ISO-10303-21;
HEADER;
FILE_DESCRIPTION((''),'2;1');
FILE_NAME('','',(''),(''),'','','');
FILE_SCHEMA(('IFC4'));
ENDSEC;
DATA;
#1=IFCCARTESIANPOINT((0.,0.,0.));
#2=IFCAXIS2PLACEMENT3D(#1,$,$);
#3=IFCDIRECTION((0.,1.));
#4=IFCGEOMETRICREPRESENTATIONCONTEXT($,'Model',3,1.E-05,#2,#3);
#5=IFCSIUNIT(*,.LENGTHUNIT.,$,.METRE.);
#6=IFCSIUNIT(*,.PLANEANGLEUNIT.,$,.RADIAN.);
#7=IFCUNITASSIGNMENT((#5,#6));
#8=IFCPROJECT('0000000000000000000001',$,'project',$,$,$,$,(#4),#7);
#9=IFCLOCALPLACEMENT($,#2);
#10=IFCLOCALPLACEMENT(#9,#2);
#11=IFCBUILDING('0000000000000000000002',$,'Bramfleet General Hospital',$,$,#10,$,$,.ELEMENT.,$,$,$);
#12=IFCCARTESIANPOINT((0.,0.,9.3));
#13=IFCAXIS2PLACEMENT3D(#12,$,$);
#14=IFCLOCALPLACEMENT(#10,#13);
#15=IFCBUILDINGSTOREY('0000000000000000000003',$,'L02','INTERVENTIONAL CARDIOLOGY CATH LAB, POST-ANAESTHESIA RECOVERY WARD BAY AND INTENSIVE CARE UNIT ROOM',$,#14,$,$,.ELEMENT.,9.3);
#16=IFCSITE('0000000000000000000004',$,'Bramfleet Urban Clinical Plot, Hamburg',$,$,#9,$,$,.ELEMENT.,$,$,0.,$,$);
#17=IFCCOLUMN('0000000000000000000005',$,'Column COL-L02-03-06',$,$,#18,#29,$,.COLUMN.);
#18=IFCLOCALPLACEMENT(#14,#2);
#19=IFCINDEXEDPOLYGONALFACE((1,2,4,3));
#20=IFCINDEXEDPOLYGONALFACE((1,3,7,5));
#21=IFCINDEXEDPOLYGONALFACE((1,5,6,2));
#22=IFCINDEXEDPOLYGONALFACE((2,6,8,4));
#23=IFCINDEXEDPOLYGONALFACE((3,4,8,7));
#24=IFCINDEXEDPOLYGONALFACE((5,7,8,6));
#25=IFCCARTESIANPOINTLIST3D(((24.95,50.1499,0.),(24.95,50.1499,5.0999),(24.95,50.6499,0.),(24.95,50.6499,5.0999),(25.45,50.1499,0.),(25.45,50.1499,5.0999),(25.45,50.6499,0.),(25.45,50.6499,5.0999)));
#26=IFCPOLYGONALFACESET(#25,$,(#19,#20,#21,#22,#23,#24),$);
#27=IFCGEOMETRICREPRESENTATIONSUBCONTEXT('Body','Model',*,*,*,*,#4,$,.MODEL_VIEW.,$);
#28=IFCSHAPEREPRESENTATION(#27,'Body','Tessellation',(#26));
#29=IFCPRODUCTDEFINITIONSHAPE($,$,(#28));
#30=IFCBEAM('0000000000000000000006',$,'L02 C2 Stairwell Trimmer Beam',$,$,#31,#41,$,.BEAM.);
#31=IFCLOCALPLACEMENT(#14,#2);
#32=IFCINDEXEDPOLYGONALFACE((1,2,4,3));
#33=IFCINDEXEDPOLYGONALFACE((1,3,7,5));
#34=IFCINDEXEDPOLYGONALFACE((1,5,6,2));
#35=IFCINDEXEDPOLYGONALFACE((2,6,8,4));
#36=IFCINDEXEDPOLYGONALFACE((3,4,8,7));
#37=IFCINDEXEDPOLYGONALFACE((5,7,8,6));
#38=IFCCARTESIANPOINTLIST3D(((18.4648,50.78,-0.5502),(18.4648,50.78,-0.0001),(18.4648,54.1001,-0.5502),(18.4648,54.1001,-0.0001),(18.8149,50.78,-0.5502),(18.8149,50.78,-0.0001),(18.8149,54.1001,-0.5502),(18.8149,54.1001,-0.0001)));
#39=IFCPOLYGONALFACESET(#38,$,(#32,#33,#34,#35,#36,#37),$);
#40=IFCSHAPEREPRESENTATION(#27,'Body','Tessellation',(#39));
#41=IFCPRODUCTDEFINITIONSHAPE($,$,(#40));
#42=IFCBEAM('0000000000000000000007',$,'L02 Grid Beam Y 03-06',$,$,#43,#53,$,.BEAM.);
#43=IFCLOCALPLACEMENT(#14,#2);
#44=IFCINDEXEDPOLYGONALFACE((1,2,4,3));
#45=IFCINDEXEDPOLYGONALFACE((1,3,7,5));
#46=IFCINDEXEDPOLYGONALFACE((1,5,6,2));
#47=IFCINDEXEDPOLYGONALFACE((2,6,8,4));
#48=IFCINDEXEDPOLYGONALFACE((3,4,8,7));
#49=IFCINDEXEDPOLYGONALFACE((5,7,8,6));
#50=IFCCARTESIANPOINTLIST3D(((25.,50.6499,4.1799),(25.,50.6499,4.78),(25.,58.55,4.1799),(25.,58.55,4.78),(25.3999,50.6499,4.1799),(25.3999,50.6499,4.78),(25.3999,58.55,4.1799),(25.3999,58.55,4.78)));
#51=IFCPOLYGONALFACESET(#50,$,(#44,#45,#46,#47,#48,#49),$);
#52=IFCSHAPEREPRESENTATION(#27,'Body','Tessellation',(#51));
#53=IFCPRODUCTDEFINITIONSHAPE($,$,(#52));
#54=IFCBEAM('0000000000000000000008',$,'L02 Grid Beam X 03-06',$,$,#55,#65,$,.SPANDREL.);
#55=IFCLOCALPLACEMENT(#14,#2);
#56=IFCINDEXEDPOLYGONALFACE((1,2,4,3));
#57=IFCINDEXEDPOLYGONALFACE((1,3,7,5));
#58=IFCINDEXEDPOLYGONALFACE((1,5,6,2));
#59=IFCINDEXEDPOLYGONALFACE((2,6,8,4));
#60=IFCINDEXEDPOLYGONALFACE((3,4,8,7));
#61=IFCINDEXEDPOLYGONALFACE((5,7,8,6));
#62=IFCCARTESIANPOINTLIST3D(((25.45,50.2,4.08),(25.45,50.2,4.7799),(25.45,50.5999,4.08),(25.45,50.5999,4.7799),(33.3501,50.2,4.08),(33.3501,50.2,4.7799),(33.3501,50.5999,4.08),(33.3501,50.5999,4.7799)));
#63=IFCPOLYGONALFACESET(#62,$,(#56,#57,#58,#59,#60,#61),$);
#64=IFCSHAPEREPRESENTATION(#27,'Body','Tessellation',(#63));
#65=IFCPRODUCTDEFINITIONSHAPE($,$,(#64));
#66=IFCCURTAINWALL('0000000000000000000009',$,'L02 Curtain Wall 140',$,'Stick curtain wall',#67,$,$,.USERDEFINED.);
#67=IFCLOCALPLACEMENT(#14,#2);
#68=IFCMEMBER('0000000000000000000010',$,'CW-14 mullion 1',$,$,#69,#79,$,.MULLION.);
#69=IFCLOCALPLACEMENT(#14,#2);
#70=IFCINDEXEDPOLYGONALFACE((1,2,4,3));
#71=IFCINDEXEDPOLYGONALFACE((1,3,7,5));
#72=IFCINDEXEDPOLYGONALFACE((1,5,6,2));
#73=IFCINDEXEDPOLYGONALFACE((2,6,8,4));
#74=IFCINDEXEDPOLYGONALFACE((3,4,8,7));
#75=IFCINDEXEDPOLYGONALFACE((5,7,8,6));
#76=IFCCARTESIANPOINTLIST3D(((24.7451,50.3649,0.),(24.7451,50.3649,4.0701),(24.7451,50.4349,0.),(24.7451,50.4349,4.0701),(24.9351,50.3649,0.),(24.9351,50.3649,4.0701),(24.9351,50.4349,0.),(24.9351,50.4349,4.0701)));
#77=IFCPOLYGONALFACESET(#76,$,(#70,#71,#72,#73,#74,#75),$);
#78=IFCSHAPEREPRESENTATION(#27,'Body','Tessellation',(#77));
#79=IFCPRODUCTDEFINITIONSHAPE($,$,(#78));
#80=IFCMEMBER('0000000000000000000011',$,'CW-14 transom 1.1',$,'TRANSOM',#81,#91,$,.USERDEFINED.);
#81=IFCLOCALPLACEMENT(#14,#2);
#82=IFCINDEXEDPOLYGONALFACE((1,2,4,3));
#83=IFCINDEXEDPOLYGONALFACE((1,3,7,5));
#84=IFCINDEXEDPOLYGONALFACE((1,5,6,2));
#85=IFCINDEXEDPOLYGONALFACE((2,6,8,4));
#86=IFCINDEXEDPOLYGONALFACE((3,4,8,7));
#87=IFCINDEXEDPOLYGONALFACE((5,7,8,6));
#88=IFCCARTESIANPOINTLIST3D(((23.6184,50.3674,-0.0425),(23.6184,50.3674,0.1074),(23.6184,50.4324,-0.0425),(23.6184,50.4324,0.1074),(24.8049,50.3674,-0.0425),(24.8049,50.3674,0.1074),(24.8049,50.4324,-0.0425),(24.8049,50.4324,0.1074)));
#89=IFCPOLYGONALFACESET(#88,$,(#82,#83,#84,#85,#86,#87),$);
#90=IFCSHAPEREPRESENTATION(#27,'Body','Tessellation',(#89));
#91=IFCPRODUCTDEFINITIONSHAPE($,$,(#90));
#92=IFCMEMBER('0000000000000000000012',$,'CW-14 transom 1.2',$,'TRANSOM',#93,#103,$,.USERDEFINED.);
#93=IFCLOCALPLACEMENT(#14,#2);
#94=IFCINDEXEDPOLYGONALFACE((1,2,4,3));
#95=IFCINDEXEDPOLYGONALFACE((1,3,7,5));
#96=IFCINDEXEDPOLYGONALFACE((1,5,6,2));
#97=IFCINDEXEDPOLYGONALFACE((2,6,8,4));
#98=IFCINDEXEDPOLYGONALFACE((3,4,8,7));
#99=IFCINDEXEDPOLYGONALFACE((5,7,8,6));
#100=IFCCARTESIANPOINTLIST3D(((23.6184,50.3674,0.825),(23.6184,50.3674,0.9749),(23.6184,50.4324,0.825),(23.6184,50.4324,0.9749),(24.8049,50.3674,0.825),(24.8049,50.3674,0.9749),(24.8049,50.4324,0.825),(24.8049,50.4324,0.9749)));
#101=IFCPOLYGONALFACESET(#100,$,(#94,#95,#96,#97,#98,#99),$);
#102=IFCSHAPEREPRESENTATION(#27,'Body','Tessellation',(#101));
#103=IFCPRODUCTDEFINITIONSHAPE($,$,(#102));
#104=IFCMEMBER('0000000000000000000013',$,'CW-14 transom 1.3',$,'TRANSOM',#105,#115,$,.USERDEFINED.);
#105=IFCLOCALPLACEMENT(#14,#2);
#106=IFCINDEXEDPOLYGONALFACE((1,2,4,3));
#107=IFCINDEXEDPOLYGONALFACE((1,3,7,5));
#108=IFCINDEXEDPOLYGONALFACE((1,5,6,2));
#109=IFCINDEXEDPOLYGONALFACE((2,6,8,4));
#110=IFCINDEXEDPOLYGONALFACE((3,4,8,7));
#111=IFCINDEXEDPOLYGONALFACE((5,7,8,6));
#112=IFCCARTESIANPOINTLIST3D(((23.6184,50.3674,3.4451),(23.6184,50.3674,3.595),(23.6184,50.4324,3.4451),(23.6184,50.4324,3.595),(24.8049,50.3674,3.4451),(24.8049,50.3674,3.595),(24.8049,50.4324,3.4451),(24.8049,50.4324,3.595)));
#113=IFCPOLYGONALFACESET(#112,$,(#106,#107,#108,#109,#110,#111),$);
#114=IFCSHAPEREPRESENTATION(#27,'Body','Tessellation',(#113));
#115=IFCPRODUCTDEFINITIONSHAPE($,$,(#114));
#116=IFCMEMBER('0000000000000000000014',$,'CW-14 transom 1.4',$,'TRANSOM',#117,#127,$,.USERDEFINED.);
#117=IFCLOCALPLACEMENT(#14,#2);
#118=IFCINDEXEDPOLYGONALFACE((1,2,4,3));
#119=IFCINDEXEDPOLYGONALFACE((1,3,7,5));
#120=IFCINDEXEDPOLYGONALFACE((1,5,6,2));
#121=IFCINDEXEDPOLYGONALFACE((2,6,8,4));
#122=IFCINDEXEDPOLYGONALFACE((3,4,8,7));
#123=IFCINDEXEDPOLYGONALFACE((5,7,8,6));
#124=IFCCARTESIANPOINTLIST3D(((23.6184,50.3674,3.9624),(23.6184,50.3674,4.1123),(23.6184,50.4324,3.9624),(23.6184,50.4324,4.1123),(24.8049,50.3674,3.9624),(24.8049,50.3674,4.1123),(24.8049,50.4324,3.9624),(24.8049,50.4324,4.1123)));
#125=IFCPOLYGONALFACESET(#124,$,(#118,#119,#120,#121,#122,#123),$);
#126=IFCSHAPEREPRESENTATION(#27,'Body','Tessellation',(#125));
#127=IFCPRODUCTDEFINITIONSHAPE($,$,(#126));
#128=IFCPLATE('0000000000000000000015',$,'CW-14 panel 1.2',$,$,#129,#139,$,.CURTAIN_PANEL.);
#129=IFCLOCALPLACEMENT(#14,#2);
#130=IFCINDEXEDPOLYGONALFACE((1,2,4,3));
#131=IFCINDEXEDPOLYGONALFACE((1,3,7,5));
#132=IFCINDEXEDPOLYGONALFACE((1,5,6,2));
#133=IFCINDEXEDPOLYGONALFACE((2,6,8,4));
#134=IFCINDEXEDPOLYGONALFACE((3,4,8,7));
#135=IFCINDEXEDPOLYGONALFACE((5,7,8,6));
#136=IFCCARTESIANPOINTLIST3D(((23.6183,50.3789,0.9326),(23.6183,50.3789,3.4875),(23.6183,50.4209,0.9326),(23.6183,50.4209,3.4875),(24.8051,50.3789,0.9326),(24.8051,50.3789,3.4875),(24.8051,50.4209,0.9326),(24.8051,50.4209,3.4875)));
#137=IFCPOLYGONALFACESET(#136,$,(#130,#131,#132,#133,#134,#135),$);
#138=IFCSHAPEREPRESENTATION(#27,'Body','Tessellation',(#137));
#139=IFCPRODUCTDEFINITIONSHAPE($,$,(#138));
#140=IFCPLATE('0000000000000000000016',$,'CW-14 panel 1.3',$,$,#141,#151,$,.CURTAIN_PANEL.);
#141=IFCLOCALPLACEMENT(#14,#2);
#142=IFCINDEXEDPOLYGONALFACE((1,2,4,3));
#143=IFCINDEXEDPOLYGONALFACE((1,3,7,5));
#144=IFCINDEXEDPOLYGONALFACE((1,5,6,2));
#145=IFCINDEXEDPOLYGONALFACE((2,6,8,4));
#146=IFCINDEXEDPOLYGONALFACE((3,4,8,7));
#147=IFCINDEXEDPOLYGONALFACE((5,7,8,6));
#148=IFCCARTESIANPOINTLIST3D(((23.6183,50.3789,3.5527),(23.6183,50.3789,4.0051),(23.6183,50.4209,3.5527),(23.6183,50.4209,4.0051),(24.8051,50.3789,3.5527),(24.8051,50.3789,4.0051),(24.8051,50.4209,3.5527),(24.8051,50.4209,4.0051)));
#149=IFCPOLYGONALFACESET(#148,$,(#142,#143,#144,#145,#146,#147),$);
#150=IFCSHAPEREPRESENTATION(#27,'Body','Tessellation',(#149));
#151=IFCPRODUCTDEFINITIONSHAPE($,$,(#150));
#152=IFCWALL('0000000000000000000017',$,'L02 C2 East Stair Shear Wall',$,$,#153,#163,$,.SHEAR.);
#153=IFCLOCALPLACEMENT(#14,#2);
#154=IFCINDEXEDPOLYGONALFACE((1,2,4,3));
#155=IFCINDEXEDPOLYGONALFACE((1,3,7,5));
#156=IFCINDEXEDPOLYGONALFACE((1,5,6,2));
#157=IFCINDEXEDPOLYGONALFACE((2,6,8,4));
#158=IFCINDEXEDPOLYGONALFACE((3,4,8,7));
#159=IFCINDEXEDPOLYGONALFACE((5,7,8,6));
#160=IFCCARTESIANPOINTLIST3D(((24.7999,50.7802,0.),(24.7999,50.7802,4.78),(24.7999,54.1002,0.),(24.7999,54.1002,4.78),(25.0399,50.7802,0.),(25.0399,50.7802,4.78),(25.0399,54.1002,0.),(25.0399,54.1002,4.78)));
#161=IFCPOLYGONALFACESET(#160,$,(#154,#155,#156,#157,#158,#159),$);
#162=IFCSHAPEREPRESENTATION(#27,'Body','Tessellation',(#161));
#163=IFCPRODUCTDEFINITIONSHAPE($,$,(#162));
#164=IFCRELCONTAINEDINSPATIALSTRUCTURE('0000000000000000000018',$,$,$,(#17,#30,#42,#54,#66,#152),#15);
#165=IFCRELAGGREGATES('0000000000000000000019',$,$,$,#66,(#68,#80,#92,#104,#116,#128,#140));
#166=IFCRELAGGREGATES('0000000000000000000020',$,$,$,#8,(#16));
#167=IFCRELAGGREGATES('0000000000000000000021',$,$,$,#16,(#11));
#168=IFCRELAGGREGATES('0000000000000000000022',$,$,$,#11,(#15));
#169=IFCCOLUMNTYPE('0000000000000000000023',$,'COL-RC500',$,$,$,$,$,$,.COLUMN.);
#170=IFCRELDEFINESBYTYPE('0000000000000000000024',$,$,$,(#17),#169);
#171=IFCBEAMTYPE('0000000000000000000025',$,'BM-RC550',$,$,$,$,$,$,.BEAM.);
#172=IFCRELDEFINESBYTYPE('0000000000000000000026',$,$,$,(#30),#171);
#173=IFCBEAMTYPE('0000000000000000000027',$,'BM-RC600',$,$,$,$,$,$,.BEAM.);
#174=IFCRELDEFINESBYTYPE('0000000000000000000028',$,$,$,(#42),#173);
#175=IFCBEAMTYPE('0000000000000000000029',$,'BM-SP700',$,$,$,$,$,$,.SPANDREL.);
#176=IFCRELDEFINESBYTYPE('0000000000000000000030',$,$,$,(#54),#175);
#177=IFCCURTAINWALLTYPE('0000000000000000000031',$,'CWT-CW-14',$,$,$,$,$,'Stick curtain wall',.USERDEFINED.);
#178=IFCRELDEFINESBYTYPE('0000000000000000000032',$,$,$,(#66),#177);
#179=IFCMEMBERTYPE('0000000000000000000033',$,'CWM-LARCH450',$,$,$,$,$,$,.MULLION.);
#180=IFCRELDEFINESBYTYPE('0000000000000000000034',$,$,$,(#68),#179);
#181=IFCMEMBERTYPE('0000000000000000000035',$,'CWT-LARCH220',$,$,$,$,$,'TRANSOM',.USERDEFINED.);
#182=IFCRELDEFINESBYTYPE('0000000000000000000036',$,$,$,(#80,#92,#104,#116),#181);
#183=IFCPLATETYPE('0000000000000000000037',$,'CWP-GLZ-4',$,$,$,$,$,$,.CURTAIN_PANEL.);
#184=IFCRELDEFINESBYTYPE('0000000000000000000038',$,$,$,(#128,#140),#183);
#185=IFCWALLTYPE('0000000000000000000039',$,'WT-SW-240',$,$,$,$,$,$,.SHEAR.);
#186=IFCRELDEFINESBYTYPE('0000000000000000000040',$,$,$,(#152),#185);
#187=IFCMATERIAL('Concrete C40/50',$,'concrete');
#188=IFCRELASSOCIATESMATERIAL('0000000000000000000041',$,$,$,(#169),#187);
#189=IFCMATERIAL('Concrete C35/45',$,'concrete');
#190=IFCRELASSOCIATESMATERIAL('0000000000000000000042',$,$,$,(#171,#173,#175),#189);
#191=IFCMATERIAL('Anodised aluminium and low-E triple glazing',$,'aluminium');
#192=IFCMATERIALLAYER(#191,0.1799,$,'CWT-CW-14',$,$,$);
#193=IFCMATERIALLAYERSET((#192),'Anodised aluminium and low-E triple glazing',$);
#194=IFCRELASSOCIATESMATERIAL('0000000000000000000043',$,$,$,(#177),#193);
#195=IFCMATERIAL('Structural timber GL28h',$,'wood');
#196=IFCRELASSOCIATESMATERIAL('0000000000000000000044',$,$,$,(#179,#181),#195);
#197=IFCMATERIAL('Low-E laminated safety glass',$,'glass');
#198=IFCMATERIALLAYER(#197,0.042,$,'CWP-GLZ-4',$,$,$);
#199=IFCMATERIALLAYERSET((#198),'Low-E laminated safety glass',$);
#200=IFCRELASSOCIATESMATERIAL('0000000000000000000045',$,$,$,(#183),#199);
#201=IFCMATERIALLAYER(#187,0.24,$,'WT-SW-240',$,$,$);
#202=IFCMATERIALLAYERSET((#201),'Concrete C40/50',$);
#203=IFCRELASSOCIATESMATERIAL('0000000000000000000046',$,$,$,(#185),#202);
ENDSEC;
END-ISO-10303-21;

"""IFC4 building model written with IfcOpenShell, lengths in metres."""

from ifc_helpers import new_model, si_unit, direction, frame, frame_2d, origin, origin_2d, place, context, subcontext, project, spatial, rectangle, extrude, material, layer, layer_set, material_profile, profile_set, type_object, element, aggregate, save


model = new_model("IFC4")

# Units and contexts
model_context = context("Model", 3, precision=1e-05, world=origin(), true_north=direction((0.0, 1.0)))
body_context = subcontext(model_context, "Body", "Model", "MODEL_VIEW")
ifc_project = project(units=[si_unit("LENGTHUNIT", "METRE"), si_unit("PLANEANGLEUNIT", "RADIAN")], contexts=[model_context])

# Site, building, storey
site_placement = place(None, origin())
site = spatial("IfcSite", under=ifc_project, at=site_placement, Name="Bramfleet Urban Clinical Plot, Hamburg", CompositionType="ELEMENT", RefElevation=0.0)
building_placement = place(site_placement, origin())
building = spatial("IfcBuilding", under=site, at=building_placement, Name="Bramfleet General Hospital", CompositionType="ELEMENT")
storey_placement = place(building_placement, frame((0.0, 0.0, 9.3)))
storey = spatial("IfcBuildingStorey", under=building, at=storey_placement, Name="L02", Description="INTERVENTIONAL CARDIOLOGY CATH LAB, POST-ANAESTHESIA RECOVERY WARD BAY AND INTENSIVE CARE UNIT ROOM", CompositionType="ELEMENT", Elevation=9.3)

# Column
ifc_material_1 = material(Name="Concrete C40/50", Category="concrete")
ifc_material_profile_1 = material_profile(ifc_material_1, rectangle(XDim=0.5, YDim=0.5, at=origin_2d()), Name="RC COL 500x500")
ifc_profile_set_1 = profile_set([ifc_material_profile_1], Name="Concrete C40/50")
column_type = type_object("IfcColumnType", Name="COL-RC500", PredefinedType="COLUMN", material=ifc_profile_set_1)
column_placement = place(storey_placement, frame((25.2, 50.3999, 0.0), z_axis=(0.0, 0.0, 1.0), x_axis=(1.0, 0.0, 0.0)))
element("IfcColumn", 1, at=column_placement, inside=storey, type_object=column_type, Name="Column COL-L02-03-06", PredefinedType="COLUMN", context=body_context, shape_type="SweptSolid", body=[
    extrude(rectangle(XDim=0.5, YDim=0.5, at=origin_2d()), origin(), (0.0, 0.0, 1.0), 5.0999),
])

# Beams
ifc_material_2 = material(Name="Concrete C35/45", Category="concrete")
ifc_material_profile_2 = material_profile(ifc_material_2, rectangle(XDim=0.3501, YDim=0.55, at=origin_2d()), Name="RC BM 550x350")
ifc_profile_set_2 = profile_set([ifc_material_profile_2], Name="Concrete C35/45")
beam_type_1 = type_object("IfcBeamType", Name="BM-RC550", PredefinedType="BEAM", material=ifc_profile_set_2)
beam_1_placement = place(storey_placement, frame((18.6399, 50.78, -0.2751), z_axis=(0.0, 1.0, 0.0), x_axis=(-1.0, 0.0, 0.0)))
element("IfcBeam", 2, at=beam_1_placement, inside=storey, type_object=beam_type_1, Name="L02 C2 Stairwell Trimmer Beam", PredefinedType="BEAM", context=body_context, shape_type="SweptSolid", body=[
    extrude(rectangle(XDim=0.3501, YDim=0.55, at=origin_2d()), origin(), (0.0, 0.0, 1.0), 3.3201),
])
ifc_material_profile_3 = material_profile(ifc_material_2, rectangle(XDim=0.3999, YDim=0.6001, at=origin_2d()), Name="RC BM 600x400")
ifc_profile_set_3 = profile_set([ifc_material_profile_3], Name="Concrete C35/45")
beam_type_2 = type_object("IfcBeamType", Name="BM-RC600", PredefinedType="BEAM", material=ifc_profile_set_3)
beam_2_placement = place(storey_placement, frame((25.2, 50.6499, 4.48), z_axis=(0.0, 1.0, 0.0), x_axis=(-1.0, 0.0, 0.0)))
element("IfcBeam", 3, at=beam_2_placement, inside=storey, type_object=beam_type_2, Name="L02 Grid Beam Y 03-06", PredefinedType="BEAM", context=body_context, shape_type="SweptSolid", body=[
    extrude(rectangle(XDim=0.3999, YDim=0.6001, at=origin_2d()), origin(), (0.0, 0.0, 1.0), 7.9001),
])
ifc_material_profile_4 = material_profile(ifc_material_2, rectangle(XDim=0.3999, YDim=0.7, at=origin_2d()), Name="RC SP 700x400")
ifc_profile_set_4 = profile_set([ifc_material_profile_4], Name="Concrete C35/45")
beam_type_3 = type_object("IfcBeamType", Name="BM-SP700", PredefinedType="SPANDREL", material=ifc_profile_set_4)
beam_3_placement = place(storey_placement, frame((25.45, 50.3999, 4.4299), z_axis=(1.0, 0.0, 0.0), x_axis=(0.0, 1.0, 0.0)))
element("IfcBeam", 4, at=beam_3_placement, inside=storey, type_object=beam_type_3, Name="L02 Grid Beam X 03-06", PredefinedType="SPANDREL", context=body_context, shape_type="SweptSolid", body=[
    extrude(rectangle(XDim=0.3999, YDim=0.7, at=origin_2d()), origin(), (0.0, 0.0, 1.0), 7.9001),
])

# Curtain wall, members, plates
ifc_material_3 = material(Name="Anodised aluminium and low-E triple glazing", Category="aluminium")
ifc_layer_1 = layer(ifc_material_3, 0.1799, Name="CWT-CW-14")
ifc_layer_set_1 = layer_set([ifc_layer_1], Name="Anodised aluminium and low-E triple glazing")
curtain_wall_type = type_object("IfcCurtainWallType", Name="CWT-CW-14", ElementType="Stick curtain wall", PredefinedType="USERDEFINED", material=ifc_layer_set_1)
curtain_wall_placement = place(storey_placement, origin())
curtain_wall = element("IfcCurtainWall", 5, at=curtain_wall_placement, inside=storey, type_object=curtain_wall_type, Name="L02 Curtain Wall 140", ObjectType="Stick curtain wall", PredefinedType="USERDEFINED")
ifc_material_4 = material(Name="Structural timber GL28h", Category="wood")
ifc_material_profile_5 = material_profile(ifc_material_4, rectangle(XDim=0.0701, YDim=0.1899, at=origin_2d()), Name="LARCH 190x70")
ifc_profile_set_5 = profile_set([ifc_material_profile_5], Name="Structural timber GL28h")
member_type_1 = type_object("IfcMemberType", Name="CWM-LARCH450", PredefinedType="MULLION", material=ifc_profile_set_5)
member_1_placement = place(storey_placement, frame((24.8401, 50.3999, 0.0), z_axis=(0.0, 0.0, 1.0), x_axis=(0.0, -1.0, 0.0)))
member_1 = element("IfcMember", 6, at=member_1_placement, type_object=member_type_1, Name="CW-14 mullion 1", PredefinedType="MULLION", context=body_context, shape_type="SweptSolid", body=[
    extrude(rectangle(XDim=0.0701, YDim=0.1899, at=origin_2d()), origin(), (0.0, 0.0, 1.0), 4.0701),
])
ifc_material_profile_6 = material_profile(ifc_material_4, rectangle(XDim=0.0649, YDim=0.1499, at=origin_2d()), Name="LARCH 150x65")
ifc_profile_set_6 = profile_set([ifc_material_profile_6], Name="Structural timber GL28h")
member_type_2 = type_object("IfcMemberType", Name="CWT-LARCH220", ElementType="TRANSOM", PredefinedType="USERDEFINED", material=ifc_profile_set_6)
member_2_placement = place(storey_placement, frame((24.8049, 50.3999, 0.0325), z_axis=(-1.0, 0.0, 0.0), x_axis=(0.0, -1.0, 0.0)))
member_2 = element("IfcMember", 7, at=member_2_placement, type_object=member_type_2, Name="CW-14 transom 1.1", ObjectType="TRANSOM", PredefinedType="USERDEFINED", context=body_context, shape_type="SweptSolid", body=[
    extrude(rectangle(XDim=0.0649, YDim=0.1499, at=origin_2d()), origin(), (0.0, 0.0, 1.0), 1.1865),
])
member_3_placement = place(storey_placement, frame((24.8049, 50.3999, 0.8999), z_axis=(-1.0, 0.0, 0.0), x_axis=(0.0, -1.0, 0.0)))
member_3 = element("IfcMember", 8, at=member_3_placement, type_object=member_type_2, Name="CW-14 transom 1.2", ObjectType="TRANSOM", PredefinedType="USERDEFINED", context=body_context, shape_type="SweptSolid", body=[
    extrude(rectangle(XDim=0.0649, YDim=0.1499, at=origin_2d()), origin(), (0.0, 0.0, 1.0), 1.1865),
])
member_4_placement = place(storey_placement, frame((24.8049, 50.3999, 3.52), z_axis=(-1.0, 0.0, 0.0), x_axis=(0.0, -1.0, 0.0)))
member_4 = element("IfcMember", 9, at=member_4_placement, type_object=member_type_2, Name="CW-14 transom 1.3", ObjectType="TRANSOM", PredefinedType="USERDEFINED", context=body_context, shape_type="SweptSolid", body=[
    extrude(rectangle(XDim=0.0649, YDim=0.1499, at=origin_2d()), origin(), (0.0, 0.0, 1.0), 1.1865),
])
member_5_placement = place(storey_placement, frame((24.8049, 50.3999, 4.0374), z_axis=(-1.0, 0.0, 0.0), x_axis=(0.0, -1.0, 0.0)))
member_5 = element("IfcMember", 10, at=member_5_placement, type_object=member_type_2, Name="CW-14 transom 1.4", ObjectType="TRANSOM", PredefinedType="USERDEFINED", context=body_context, shape_type="SweptSolid", body=[
    extrude(rectangle(XDim=0.0649, YDim=0.1499, at=origin_2d()), origin(), (0.0, 0.0, 1.0), 1.1865),
])
ifc_material_5 = material(Name="Low-E laminated safety glass", Category="glass")
ifc_layer_2 = layer(ifc_material_5, 0.042, Name="CWP-GLZ-4")
ifc_layer_set_2 = layer_set([ifc_layer_2], Name="Low-E laminated safety glass")
plate_type = type_object("IfcPlateType", Name="CWP-GLZ-4", PredefinedType="CURTAIN_PANEL", material=ifc_layer_set_2)
plate_1_placement = place(storey_placement, frame((24.2117, 50.3999, 0.9326), z_axis=(0.0, 0.0, 1.0), x_axis=(-1.0, 0.0, 0.0)))
plate_1 = element("IfcPlate", 11, at=plate_1_placement, type_object=plate_type, Name="CW-14 panel 1.2", PredefinedType="CURTAIN_PANEL", context=body_context, shape_type="SweptSolid", body=[
    extrude(rectangle(XDim=1.1868, YDim=0.042, at=origin_2d()), origin(), (0.0, 0.0, 1.0), 2.5549),
])
plate_2_placement = place(storey_placement, frame((24.2117, 50.3999, 3.5527), z_axis=(0.0, 0.0, 1.0), x_axis=(-1.0, 0.0, 0.0)))
plate_2 = element("IfcPlate", 12, at=plate_2_placement, type_object=plate_type, Name="CW-14 panel 1.3", PredefinedType="CURTAIN_PANEL", context=body_context, shape_type="SweptSolid", body=[
    extrude(rectangle(XDim=1.1868, YDim=0.042, at=origin_2d()), origin(), (0.0, 0.0, 1.0), 0.4524),
])
aggregate(curtain_wall, [member_1, member_2, member_3, member_4, member_5, plate_1, plate_2])

# Wall
ifc_layer_3 = layer(ifc_material_1, 0.24, Name="WT-SW-240")
ifc_layer_set_3 = layer_set([ifc_layer_3], Name="Concrete C40/50")
wall_type = type_object("IfcWallType", Name="WT-SW-240", PredefinedType="SHEAR", material=ifc_layer_set_3)
wall_placement = place(storey_placement, frame((24.9199, 50.78, 0.0), z_axis=(0.0, 0.0, 1.0), x_axis=(0.0, 1.0, 0.0)))
element("IfcWall", 13, at=wall_placement, inside=storey, type_object=wall_type, Name="L02 C2 East Stair Shear Wall", PredefinedType="SHEAR", context=body_context, shape_type="SweptSolid", body=[
    extrude(rectangle(XDim=3.3201, YDim=0.24, at=frame_2d((1.6602, 0.0))), origin(), (0.0, 0.0, 1.0), 4.78),
])

save(model, "model.ifc")
